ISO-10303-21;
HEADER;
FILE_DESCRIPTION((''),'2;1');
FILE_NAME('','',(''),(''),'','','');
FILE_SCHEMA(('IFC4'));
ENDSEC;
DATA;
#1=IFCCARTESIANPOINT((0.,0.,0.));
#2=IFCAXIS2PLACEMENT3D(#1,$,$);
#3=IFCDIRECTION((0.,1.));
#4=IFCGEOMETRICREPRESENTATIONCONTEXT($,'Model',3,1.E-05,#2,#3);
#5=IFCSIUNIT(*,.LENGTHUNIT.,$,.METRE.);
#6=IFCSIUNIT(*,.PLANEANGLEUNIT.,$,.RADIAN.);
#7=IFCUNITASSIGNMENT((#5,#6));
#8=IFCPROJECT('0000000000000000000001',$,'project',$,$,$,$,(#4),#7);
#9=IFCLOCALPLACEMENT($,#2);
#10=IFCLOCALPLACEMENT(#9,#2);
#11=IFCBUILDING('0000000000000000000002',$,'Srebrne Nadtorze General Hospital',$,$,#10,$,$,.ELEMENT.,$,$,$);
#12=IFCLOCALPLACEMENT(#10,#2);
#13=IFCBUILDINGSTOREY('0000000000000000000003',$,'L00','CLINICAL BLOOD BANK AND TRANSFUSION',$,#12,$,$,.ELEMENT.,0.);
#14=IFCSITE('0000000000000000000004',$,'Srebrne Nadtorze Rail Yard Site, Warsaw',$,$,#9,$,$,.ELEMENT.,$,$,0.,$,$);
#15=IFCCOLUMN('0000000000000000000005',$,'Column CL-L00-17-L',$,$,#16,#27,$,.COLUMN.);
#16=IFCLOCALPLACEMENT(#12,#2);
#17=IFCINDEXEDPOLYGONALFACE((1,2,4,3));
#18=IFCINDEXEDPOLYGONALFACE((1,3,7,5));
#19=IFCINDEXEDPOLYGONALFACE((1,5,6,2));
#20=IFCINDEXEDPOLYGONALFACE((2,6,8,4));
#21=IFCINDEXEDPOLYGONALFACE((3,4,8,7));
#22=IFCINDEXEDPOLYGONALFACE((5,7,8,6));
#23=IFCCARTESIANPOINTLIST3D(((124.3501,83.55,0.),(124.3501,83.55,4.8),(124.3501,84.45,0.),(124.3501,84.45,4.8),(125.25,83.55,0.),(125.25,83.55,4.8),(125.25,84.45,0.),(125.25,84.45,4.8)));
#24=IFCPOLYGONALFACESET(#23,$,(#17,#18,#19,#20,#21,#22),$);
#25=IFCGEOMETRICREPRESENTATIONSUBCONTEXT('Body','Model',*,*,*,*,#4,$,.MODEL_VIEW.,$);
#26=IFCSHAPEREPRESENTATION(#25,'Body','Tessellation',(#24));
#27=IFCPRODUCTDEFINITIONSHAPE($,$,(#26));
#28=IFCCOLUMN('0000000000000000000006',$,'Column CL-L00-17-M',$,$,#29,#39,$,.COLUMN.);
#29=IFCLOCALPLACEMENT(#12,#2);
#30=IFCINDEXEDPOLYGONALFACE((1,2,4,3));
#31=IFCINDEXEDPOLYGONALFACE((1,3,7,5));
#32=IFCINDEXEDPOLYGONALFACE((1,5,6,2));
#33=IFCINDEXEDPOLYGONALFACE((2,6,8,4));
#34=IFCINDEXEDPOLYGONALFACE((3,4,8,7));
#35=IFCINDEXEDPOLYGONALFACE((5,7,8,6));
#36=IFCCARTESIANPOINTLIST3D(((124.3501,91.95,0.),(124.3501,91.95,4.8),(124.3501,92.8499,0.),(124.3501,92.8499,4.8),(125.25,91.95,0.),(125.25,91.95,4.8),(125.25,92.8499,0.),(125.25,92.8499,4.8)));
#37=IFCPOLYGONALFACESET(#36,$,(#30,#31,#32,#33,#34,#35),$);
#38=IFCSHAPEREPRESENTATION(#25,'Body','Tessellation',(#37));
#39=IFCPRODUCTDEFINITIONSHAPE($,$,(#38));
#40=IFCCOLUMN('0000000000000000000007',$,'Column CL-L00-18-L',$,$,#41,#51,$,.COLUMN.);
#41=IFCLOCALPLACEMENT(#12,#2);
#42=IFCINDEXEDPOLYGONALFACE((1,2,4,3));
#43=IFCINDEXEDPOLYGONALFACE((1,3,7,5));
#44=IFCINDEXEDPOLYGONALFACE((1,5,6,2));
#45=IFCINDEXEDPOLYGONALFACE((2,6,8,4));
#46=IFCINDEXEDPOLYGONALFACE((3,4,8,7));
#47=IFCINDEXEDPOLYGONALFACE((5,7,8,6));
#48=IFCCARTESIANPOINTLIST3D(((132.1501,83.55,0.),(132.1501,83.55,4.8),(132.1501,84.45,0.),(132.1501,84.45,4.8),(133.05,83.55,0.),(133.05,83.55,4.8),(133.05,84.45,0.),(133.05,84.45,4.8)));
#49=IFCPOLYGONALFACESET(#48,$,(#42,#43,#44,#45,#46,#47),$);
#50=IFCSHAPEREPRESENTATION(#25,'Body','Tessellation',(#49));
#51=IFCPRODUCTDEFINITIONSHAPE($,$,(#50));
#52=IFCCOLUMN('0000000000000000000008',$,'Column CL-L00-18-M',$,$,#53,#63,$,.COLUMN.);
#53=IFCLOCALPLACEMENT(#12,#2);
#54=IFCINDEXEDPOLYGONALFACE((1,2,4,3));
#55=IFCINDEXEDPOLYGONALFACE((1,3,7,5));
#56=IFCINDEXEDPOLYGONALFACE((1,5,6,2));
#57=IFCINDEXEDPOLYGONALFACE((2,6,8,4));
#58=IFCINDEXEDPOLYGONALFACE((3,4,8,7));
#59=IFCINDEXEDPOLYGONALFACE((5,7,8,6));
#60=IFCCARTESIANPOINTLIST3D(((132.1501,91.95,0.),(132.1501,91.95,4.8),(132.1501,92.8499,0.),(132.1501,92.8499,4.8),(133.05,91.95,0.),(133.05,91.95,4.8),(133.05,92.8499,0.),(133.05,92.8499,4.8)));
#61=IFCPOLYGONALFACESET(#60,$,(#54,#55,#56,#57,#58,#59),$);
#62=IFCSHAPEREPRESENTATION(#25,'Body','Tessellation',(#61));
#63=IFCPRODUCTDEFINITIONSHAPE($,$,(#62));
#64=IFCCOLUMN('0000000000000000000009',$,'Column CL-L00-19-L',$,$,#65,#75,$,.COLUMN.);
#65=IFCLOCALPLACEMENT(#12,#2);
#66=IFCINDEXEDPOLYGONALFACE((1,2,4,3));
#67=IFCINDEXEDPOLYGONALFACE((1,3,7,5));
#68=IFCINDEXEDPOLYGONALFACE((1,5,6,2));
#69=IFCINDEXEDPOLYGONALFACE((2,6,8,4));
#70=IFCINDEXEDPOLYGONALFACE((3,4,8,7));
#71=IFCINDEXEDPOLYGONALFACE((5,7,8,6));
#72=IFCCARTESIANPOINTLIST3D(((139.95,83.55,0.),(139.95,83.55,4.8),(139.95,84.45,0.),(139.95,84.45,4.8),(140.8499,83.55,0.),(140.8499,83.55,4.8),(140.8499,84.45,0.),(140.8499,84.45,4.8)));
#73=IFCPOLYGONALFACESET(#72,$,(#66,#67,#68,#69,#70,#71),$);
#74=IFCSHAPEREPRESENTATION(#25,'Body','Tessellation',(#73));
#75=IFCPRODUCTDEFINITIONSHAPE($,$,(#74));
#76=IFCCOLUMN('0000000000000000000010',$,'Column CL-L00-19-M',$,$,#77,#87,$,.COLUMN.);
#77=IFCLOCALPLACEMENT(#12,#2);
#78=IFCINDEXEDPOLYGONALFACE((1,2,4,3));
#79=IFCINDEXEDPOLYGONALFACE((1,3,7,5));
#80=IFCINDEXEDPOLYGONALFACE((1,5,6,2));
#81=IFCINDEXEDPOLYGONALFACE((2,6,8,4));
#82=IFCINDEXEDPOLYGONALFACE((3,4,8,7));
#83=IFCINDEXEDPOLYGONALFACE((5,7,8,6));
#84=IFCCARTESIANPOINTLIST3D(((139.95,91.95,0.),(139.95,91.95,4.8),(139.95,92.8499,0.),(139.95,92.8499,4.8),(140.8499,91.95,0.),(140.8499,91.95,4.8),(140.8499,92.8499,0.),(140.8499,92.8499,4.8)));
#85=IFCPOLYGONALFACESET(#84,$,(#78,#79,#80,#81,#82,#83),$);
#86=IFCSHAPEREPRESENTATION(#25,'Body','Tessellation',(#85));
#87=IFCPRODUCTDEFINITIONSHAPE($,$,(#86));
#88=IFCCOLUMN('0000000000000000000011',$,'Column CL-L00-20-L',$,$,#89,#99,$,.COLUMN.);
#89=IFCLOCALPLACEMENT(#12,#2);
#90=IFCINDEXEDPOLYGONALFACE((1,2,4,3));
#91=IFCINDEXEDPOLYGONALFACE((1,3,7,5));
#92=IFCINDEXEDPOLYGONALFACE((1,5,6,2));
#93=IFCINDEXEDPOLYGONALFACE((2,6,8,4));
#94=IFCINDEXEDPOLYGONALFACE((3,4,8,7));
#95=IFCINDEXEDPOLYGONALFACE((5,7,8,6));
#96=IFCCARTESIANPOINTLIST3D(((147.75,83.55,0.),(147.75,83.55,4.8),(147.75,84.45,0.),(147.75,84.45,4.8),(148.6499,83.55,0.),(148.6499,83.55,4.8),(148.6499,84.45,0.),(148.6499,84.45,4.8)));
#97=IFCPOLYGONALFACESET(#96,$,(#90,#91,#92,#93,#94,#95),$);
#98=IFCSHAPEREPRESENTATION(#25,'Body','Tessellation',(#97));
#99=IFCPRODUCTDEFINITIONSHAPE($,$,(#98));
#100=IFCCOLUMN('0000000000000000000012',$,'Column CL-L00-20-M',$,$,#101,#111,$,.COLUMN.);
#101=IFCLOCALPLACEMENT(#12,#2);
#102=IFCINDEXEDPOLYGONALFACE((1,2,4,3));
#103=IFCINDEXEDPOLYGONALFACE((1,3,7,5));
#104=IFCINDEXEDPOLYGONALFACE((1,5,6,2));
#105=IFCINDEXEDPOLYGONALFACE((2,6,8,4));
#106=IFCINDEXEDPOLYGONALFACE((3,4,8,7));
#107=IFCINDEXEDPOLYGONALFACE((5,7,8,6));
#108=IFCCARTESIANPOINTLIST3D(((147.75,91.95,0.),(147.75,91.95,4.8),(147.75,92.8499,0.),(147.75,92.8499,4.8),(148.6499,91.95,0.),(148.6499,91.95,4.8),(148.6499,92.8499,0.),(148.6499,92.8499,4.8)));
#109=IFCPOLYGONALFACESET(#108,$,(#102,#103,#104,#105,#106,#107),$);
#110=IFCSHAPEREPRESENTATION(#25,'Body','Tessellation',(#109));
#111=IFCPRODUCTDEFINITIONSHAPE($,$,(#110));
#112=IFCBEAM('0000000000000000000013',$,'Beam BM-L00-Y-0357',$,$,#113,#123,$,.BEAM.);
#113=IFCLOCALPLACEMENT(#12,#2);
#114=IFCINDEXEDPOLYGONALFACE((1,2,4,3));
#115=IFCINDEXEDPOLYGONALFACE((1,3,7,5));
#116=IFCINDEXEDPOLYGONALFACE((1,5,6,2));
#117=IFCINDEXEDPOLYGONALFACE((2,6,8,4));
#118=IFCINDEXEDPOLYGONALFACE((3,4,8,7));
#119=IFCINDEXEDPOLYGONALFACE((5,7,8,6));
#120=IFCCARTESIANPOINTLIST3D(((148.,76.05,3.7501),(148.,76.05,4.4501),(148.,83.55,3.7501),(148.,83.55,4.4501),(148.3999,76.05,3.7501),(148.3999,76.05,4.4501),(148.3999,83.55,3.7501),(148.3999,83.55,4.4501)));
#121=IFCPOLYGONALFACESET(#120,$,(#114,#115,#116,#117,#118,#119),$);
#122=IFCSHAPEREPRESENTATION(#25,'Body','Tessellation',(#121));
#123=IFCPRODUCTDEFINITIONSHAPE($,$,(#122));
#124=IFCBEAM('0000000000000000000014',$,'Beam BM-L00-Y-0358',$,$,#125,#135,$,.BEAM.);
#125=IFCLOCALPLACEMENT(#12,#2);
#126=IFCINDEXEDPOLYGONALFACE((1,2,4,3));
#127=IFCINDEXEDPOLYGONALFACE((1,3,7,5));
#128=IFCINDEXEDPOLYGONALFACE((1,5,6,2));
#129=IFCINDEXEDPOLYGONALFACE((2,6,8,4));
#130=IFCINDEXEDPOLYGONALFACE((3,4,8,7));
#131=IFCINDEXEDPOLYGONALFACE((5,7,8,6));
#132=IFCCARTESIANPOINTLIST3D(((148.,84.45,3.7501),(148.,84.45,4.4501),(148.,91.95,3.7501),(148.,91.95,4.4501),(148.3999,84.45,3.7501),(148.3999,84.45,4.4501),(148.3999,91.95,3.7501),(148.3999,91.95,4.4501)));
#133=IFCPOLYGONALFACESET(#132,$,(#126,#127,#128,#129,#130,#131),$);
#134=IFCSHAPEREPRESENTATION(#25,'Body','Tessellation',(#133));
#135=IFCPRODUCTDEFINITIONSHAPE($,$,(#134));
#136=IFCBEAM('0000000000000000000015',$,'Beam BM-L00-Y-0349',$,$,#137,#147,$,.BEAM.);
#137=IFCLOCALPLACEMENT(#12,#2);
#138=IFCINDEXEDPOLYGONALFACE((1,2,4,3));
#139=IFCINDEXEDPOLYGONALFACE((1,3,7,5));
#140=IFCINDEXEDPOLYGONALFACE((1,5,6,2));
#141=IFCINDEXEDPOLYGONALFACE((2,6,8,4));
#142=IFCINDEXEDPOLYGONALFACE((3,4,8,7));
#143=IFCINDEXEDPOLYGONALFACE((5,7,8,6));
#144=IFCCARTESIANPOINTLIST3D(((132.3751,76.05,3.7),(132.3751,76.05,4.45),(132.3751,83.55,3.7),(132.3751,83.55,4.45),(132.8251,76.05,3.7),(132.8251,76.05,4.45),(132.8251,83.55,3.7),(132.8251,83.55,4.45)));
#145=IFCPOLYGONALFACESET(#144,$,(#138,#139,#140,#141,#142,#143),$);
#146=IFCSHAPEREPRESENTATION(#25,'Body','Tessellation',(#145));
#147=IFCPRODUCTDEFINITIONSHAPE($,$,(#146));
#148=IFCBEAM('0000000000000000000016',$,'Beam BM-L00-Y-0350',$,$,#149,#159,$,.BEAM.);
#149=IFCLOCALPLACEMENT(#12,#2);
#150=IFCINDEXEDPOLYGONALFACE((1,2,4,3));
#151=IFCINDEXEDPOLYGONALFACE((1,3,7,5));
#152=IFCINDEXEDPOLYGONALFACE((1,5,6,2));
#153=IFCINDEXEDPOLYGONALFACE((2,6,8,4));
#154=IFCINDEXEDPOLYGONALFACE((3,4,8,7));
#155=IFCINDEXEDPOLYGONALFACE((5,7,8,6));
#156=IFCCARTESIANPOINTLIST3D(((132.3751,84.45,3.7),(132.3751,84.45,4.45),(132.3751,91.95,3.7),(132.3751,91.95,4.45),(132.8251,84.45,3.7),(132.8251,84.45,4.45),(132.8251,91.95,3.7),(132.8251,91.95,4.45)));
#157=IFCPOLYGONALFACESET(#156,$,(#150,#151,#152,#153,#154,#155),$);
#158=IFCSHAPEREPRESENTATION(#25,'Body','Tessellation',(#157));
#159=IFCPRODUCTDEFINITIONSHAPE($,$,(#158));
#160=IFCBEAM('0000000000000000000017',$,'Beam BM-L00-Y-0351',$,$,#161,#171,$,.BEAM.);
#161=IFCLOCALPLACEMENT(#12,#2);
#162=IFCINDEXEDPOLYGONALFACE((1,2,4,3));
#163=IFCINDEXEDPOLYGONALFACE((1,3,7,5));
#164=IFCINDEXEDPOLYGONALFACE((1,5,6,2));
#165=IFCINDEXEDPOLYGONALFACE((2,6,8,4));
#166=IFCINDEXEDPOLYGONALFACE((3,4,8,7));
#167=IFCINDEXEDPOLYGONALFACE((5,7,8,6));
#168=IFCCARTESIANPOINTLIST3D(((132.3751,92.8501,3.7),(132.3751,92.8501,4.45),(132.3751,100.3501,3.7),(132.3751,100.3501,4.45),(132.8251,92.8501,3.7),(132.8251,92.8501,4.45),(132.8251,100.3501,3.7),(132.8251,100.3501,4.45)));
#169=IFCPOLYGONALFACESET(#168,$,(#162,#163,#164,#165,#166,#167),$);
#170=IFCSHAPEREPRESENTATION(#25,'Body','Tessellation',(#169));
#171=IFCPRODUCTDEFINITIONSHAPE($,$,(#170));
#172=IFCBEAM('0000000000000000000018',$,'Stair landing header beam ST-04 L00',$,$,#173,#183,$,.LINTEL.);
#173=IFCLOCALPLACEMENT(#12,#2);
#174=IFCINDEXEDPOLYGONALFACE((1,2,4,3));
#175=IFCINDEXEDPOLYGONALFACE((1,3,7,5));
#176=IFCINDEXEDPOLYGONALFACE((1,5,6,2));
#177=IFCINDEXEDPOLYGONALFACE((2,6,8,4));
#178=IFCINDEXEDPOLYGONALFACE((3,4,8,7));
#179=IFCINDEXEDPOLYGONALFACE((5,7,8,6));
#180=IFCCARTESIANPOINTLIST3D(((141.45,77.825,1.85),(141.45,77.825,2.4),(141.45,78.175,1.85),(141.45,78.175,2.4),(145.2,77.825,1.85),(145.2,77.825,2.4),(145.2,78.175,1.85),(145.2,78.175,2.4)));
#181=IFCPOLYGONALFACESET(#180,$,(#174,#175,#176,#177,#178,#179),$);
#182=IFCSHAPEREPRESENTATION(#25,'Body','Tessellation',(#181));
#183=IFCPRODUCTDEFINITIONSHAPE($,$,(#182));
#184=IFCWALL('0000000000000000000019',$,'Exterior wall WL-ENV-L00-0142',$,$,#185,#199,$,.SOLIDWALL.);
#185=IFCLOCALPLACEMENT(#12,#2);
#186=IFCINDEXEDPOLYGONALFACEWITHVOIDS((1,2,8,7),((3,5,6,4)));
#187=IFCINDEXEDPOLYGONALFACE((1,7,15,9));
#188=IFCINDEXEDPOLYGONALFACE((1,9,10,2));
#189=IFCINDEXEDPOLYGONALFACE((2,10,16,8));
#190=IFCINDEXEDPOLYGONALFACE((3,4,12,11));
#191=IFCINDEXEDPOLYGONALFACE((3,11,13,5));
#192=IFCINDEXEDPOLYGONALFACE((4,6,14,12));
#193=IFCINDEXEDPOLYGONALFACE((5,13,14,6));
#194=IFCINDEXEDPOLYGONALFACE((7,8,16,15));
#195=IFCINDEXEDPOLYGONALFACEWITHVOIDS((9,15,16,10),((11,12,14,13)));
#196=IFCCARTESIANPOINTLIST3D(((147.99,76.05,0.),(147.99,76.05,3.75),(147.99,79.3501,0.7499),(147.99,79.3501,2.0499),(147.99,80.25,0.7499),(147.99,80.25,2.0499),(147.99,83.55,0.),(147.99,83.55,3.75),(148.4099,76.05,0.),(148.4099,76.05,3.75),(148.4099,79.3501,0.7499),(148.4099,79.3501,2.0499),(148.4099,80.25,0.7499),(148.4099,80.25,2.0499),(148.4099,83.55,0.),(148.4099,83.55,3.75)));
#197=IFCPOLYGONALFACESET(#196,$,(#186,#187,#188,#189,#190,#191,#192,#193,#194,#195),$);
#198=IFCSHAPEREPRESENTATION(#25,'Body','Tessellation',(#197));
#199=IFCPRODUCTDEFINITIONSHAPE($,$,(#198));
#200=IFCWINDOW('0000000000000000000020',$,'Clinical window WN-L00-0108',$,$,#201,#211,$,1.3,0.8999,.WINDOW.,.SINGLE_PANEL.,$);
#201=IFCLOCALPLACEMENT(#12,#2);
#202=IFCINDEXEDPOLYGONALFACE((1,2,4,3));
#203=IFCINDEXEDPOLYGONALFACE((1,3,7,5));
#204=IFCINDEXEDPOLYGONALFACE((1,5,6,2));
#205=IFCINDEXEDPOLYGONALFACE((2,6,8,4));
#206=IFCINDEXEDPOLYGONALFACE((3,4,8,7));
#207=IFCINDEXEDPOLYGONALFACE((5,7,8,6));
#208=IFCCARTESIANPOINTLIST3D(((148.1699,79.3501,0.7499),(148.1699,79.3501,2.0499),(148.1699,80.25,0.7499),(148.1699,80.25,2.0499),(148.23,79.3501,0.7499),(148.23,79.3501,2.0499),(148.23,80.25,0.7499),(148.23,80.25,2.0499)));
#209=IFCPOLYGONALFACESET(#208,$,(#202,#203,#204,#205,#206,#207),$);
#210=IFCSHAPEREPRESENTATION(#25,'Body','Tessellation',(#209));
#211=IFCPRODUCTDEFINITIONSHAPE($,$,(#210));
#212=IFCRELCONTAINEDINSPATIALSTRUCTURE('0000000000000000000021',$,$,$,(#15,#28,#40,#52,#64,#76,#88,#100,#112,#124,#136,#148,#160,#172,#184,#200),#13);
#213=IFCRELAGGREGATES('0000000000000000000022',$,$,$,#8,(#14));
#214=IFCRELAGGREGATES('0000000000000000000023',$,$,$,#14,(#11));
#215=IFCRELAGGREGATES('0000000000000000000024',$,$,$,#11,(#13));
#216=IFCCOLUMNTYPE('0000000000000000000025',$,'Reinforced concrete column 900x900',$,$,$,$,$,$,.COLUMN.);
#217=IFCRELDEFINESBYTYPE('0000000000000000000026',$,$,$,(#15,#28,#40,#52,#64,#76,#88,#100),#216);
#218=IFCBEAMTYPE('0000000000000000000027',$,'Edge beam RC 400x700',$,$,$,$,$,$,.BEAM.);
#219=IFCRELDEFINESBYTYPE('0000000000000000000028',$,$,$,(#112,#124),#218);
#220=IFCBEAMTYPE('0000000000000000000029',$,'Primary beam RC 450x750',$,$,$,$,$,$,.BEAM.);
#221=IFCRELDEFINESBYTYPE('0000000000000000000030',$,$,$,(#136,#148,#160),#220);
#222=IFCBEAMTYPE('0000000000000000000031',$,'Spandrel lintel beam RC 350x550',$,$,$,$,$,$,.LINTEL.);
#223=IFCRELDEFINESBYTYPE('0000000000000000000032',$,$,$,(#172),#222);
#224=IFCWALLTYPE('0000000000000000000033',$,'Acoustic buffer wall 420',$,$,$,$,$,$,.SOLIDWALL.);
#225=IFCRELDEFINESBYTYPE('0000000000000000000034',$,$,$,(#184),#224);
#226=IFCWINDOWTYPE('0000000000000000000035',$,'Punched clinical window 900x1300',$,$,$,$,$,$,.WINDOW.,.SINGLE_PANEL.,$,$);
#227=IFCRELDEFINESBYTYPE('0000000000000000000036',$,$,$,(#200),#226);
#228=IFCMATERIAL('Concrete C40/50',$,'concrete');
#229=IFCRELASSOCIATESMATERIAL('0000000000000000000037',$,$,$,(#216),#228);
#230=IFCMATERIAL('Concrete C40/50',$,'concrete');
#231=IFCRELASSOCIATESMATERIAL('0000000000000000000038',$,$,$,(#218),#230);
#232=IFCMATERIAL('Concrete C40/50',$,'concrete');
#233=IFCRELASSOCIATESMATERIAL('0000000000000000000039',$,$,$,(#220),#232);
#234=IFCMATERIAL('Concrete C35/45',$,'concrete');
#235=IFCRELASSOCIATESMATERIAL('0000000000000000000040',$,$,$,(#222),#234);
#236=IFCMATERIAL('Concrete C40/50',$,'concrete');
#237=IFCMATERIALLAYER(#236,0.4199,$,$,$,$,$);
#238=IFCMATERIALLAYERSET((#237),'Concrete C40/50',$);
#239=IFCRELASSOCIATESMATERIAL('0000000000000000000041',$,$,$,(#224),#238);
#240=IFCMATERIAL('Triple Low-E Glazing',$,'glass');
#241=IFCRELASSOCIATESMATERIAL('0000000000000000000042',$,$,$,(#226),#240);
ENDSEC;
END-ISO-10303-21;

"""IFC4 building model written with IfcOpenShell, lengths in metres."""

from ifc_helpers import new_model, si_unit, direction, frame, frame_2d, origin, origin_2d, place, context, subcontext, project, spatial, rectangle, extrude, material, layer, layer_set, material_profile, profile_set, type_object, element, fill, save


model = new_model("IFC4")

# Units and contexts
model_context = context("Model", 3, precision=1e-05, world=origin(), true_north=direction((0.0, 1.0)))
body_context = subcontext(model_context, "Body", "Model", "MODEL_VIEW")
ifc_project = project(units=[si_unit("LENGTHUNIT", "METRE"), si_unit("PLANEANGLEUNIT", "RADIAN")], contexts=[model_context])

# Site, building, storey
site_placement = place(None, origin())
site = spatial("IfcSite", under=ifc_project, at=site_placement, Name="Srebrne Nadtorze Rail Yard Site, Warsaw", CompositionType="ELEMENT", RefElevation=0.0)
building_placement = place(site_placement, origin())
building = spatial("IfcBuilding", under=site, at=building_placement, Name="Srebrne Nadtorze General Hospital", CompositionType="ELEMENT")
storey_placement = place(building_placement, origin())
storey = spatial("IfcBuildingStorey", under=building, at=storey_placement, Name="L00", Description="CLINICAL BLOOD BANK AND TRANSFUSION", CompositionType="ELEMENT", Elevation=0.0)

# Columns
ifc_material_1 = material(Name="Concrete C40/50", Category="concrete")
ifc_material_profile_1 = material_profile(ifc_material_1, rectangle(XDim=0.8999, YDim=0.8999, at=origin_2d()), Name="RC-COL-900x900")
ifc_profile_set_1 = profile_set([ifc_material_profile_1], Name="Concrete C40/50")
column_type = type_object("IfcColumnType", Name="Reinforced concrete column 900x900", PredefinedType="COLUMN", material=ifc_profile_set_1)
for number, where, z_axis, x_axis, name in (
    (1, (124.8, 84.0, 0.0), (0.0, 0.0, 1.0), (1.0, 0.0, 0.0), "Column CL-L00-17-L"),
    (2, (124.8, 92.3999, 0.0), (0.0, 0.0, 1.0), (1.0, 0.0, 0.0), "Column CL-L00-17-M"),
    (3, (132.6001, 84.0, 0.0), (0.0, 0.0, 1.0), (1.0, 0.0, 0.0), "Column CL-L00-18-L"),
    (4, (132.6001, 92.3999, 0.0), (0.0, 0.0, 1.0), (1.0, 0.0, 0.0), "Column CL-L00-18-M"),
    (5, (140.3999, 84.0, 0.0), (0.0, 0.0, 1.0), (1.0, 0.0, 0.0), "Column CL-L00-19-L"),
    (6, (140.3999, 92.3999, 0.0), (0.0, 0.0, 1.0), (1.0, 0.0, 0.0), "Column CL-L00-19-M"),
    (7, (148.2, 84.0, 0.0), (0.0, 0.0, 1.0), (1.0, 0.0, 0.0), "Column CL-L00-20-L"),
    (8, (148.2, 92.3999, 0.0), (0.0, 0.0, 1.0), (1.0, 0.0, 0.0), "Column CL-L00-20-M"),
):
    element("IfcColumn", number, at=place(storey_placement, frame(where, z_axis=z_axis, x_axis=x_axis)), inside=storey, type_object=column_type, Name=name, PredefinedType="COLUMN", context=body_context, shape_type="SweptSolid", body=[
        extrude(rectangle(XDim=0.8999, YDim=0.8999, at=origin_2d()), origin(), (0.0, 0.0, 1.0), 4.8),
    ])

# Beams
ifc_material_2 = material(Name="Concrete C40/50", Category="concrete")
ifc_material_profile_2 = material_profile(ifc_material_2, rectangle(XDim=0.3999, YDim=0.7, at=origin_2d()), Name="RC-BM-400x700")
ifc_profile_set_2 = profile_set([ifc_material_profile_2], Name="Concrete C40/50")
beam_type_1 = type_object("IfcBeamType", Name="Edge beam RC 400x700", PredefinedType="BEAM", material=ifc_profile_set_2)
for number, where, z_axis, x_axis, name in (
    (9, (148.2, 76.05, 4.1001), (0.0, 1.0, 0.0), (-1.0, 0.0, 0.0), "Beam BM-L00-Y-0357"),
    (10, (148.2, 84.45, 4.1001), (0.0, 1.0, 0.0), (-1.0, 0.0, 0.0), "Beam BM-L00-Y-0358"),
):
    element("IfcBeam", number, at=place(storey_placement, frame(where, z_axis=z_axis, x_axis=x_axis)), inside=storey, type_object=beam_type_1, Name=name, PredefinedType="BEAM", context=body_context, shape_type="SweptSolid", body=[
        extrude(rectangle(XDim=0.3999, YDim=0.7, at=origin_2d()), origin(), (0.0, 0.0, 1.0), 7.5),
    ])
ifc_material_3 = material(Name="Concrete C40/50", Category="concrete")
ifc_material_profile_3 = material_profile(ifc_material_3, rectangle(XDim=0.45, YDim=0.75, at=origin_2d()), Name="RC-BM-450x750")
ifc_profile_set_3 = profile_set([ifc_material_profile_3], Name="Concrete C40/50")
beam_type_2 = type_object("IfcBeamType", Name="Primary beam RC 450x750", PredefinedType="BEAM", material=ifc_profile_set_3)
for number, where, z_axis, x_axis, name in (
    (11, (132.6001, 76.05, 4.075), (0.0, 1.0, 0.0), (-1.0, 0.0, 0.0), "Beam BM-L00-Y-0349"),
    (12, (132.6001, 84.45, 4.075), (0.0, 1.0, 0.0), (-1.0, 0.0, 0.0), "Beam BM-L00-Y-0350"),
    (13, (132.6001, 92.8501, 4.075), (0.0, 1.0, 0.0), (-1.0, 0.0, 0.0), "Beam BM-L00-Y-0351"),
):
    element("IfcBeam", number, at=place(storey_placement, frame(where, z_axis=z_axis, x_axis=x_axis)), inside=storey, type_object=beam_type_2, Name=name, PredefinedType="BEAM", context=body_context, shape_type="SweptSolid", body=[
        extrude(rectangle(XDim=0.45, YDim=0.75, at=origin_2d()), origin(), (0.0, 0.0, 1.0), 7.5),
    ])
ifc_material_4 = material(Name="Concrete C35/45", Category="concrete")
ifc_material_profile_4 = material_profile(ifc_material_4, rectangle(XDim=0.3501, YDim=0.55, at=origin_2d()), Name="RC-BM-350x550")
ifc_profile_set_4 = profile_set([ifc_material_profile_4], Name="Concrete C35/45")
beam_type_3 = type_object("IfcBeamType", Name="Spandrel lintel beam RC 350x550", PredefinedType="LINTEL", material=ifc_profile_set_4)
beam_placement = place(storey_placement, frame((141.45, 78.0, 2.125), z_axis=(1.0, 0.0, 0.0), x_axis=(0.0, 1.0, 0.0)))
element("IfcBeam", 14, at=beam_placement, inside=storey, type_object=beam_type_3, Name="Stair landing header beam ST-04 L00", PredefinedType="LINTEL", context=body_context, shape_type="SweptSolid", body=[
    extrude(rectangle(XDim=0.3501, YDim=0.55, at=origin_2d()), origin(), (0.0, 0.0, 1.0), 3.75),
])

# Wall, opening, window
ifc_material_5 = material(Name="Concrete C40/50", Category="concrete")
ifc_layer_1 = layer(ifc_material_5, 0.4199)
ifc_layer_set_1 = layer_set([ifc_layer_1], Name="Concrete C40/50")
wall_type_1 = type_object("IfcWallType", Name="Acoustic buffer wall 420", PredefinedType="SOLIDWALL", material=ifc_layer_set_1)
wall_1_placement = place(storey_placement, frame((148.2, 76.05, 0.0), z_axis=(0.0, 0.0, 1.0), x_axis=(0.0, 1.0, 0.0)))
wall_1 = element("IfcWall", 15, at=wall_1_placement, inside=storey, type_object=wall_type_1, Name="Exterior wall WL-ENV-L00-0142", PredefinedType="SOLIDWALL", context=body_context, shape_type="SweptSolid", body=[
    extrude(rectangle(XDim=7.5, YDim=0.4199, at=frame_2d((3.75, 0.0))), origin(), (0.0, 0.0, 1.0), 3.75),
])
opening_1_placement = place(wall_1_placement, frame((3.3, 0.0, 0.75)))
opening_1 = element("IfcOpeningElement", 16, at=opening_1_placement, cuts=wall_1, PredefinedType="OPENING", context=body_context, shape_type="SweptSolid", body=[
    extrude(rectangle(XDim=0.8999, YDim=1.3, at=frame_2d((0.45, 0.6499))), frame((0.0, 0.2219, 0.0), z_axis=(0.0, -1.0, 0.0), x_axis=(1.0, 0.0, 0.0)), (0.0, 0.0, 1.0), 0.4438),
])
ifc_material_6 = material(Name="Triple Low-E Glazing", Category="glass")
window_type_1 = type_object("IfcWindowType", Name="Punched clinical window 900x1300", PartitioningType="SINGLE_PANEL", PredefinedType="WINDOW", material=ifc_material_6)
window_1_placement = place(opening_1_placement, origin())
window_1 = element("IfcWindow", 17, at=window_1_placement, inside=storey, type_object=window_type_1, Name="Clinical window WN-L00-0108", OverallHeight=1.3, OverallWidth=0.8999, PartitioningType="SINGLE_PANEL", PredefinedType="WINDOW", context=body_context, shape_type="SweptSolid", body=[
    extrude(rectangle(XDim=0.8999, YDim=1.3, at=frame_2d((0.45, 0.6499))), frame((0.0, 0.03, 0.0), z_axis=(0.0, -1.0, 0.0), x_axis=(1.0, 0.0, 0.0)), (0.0, 0.0, 1.0), 0.0601),
])
fill(opening_1, window_1)

save(model, "model.ifc")
